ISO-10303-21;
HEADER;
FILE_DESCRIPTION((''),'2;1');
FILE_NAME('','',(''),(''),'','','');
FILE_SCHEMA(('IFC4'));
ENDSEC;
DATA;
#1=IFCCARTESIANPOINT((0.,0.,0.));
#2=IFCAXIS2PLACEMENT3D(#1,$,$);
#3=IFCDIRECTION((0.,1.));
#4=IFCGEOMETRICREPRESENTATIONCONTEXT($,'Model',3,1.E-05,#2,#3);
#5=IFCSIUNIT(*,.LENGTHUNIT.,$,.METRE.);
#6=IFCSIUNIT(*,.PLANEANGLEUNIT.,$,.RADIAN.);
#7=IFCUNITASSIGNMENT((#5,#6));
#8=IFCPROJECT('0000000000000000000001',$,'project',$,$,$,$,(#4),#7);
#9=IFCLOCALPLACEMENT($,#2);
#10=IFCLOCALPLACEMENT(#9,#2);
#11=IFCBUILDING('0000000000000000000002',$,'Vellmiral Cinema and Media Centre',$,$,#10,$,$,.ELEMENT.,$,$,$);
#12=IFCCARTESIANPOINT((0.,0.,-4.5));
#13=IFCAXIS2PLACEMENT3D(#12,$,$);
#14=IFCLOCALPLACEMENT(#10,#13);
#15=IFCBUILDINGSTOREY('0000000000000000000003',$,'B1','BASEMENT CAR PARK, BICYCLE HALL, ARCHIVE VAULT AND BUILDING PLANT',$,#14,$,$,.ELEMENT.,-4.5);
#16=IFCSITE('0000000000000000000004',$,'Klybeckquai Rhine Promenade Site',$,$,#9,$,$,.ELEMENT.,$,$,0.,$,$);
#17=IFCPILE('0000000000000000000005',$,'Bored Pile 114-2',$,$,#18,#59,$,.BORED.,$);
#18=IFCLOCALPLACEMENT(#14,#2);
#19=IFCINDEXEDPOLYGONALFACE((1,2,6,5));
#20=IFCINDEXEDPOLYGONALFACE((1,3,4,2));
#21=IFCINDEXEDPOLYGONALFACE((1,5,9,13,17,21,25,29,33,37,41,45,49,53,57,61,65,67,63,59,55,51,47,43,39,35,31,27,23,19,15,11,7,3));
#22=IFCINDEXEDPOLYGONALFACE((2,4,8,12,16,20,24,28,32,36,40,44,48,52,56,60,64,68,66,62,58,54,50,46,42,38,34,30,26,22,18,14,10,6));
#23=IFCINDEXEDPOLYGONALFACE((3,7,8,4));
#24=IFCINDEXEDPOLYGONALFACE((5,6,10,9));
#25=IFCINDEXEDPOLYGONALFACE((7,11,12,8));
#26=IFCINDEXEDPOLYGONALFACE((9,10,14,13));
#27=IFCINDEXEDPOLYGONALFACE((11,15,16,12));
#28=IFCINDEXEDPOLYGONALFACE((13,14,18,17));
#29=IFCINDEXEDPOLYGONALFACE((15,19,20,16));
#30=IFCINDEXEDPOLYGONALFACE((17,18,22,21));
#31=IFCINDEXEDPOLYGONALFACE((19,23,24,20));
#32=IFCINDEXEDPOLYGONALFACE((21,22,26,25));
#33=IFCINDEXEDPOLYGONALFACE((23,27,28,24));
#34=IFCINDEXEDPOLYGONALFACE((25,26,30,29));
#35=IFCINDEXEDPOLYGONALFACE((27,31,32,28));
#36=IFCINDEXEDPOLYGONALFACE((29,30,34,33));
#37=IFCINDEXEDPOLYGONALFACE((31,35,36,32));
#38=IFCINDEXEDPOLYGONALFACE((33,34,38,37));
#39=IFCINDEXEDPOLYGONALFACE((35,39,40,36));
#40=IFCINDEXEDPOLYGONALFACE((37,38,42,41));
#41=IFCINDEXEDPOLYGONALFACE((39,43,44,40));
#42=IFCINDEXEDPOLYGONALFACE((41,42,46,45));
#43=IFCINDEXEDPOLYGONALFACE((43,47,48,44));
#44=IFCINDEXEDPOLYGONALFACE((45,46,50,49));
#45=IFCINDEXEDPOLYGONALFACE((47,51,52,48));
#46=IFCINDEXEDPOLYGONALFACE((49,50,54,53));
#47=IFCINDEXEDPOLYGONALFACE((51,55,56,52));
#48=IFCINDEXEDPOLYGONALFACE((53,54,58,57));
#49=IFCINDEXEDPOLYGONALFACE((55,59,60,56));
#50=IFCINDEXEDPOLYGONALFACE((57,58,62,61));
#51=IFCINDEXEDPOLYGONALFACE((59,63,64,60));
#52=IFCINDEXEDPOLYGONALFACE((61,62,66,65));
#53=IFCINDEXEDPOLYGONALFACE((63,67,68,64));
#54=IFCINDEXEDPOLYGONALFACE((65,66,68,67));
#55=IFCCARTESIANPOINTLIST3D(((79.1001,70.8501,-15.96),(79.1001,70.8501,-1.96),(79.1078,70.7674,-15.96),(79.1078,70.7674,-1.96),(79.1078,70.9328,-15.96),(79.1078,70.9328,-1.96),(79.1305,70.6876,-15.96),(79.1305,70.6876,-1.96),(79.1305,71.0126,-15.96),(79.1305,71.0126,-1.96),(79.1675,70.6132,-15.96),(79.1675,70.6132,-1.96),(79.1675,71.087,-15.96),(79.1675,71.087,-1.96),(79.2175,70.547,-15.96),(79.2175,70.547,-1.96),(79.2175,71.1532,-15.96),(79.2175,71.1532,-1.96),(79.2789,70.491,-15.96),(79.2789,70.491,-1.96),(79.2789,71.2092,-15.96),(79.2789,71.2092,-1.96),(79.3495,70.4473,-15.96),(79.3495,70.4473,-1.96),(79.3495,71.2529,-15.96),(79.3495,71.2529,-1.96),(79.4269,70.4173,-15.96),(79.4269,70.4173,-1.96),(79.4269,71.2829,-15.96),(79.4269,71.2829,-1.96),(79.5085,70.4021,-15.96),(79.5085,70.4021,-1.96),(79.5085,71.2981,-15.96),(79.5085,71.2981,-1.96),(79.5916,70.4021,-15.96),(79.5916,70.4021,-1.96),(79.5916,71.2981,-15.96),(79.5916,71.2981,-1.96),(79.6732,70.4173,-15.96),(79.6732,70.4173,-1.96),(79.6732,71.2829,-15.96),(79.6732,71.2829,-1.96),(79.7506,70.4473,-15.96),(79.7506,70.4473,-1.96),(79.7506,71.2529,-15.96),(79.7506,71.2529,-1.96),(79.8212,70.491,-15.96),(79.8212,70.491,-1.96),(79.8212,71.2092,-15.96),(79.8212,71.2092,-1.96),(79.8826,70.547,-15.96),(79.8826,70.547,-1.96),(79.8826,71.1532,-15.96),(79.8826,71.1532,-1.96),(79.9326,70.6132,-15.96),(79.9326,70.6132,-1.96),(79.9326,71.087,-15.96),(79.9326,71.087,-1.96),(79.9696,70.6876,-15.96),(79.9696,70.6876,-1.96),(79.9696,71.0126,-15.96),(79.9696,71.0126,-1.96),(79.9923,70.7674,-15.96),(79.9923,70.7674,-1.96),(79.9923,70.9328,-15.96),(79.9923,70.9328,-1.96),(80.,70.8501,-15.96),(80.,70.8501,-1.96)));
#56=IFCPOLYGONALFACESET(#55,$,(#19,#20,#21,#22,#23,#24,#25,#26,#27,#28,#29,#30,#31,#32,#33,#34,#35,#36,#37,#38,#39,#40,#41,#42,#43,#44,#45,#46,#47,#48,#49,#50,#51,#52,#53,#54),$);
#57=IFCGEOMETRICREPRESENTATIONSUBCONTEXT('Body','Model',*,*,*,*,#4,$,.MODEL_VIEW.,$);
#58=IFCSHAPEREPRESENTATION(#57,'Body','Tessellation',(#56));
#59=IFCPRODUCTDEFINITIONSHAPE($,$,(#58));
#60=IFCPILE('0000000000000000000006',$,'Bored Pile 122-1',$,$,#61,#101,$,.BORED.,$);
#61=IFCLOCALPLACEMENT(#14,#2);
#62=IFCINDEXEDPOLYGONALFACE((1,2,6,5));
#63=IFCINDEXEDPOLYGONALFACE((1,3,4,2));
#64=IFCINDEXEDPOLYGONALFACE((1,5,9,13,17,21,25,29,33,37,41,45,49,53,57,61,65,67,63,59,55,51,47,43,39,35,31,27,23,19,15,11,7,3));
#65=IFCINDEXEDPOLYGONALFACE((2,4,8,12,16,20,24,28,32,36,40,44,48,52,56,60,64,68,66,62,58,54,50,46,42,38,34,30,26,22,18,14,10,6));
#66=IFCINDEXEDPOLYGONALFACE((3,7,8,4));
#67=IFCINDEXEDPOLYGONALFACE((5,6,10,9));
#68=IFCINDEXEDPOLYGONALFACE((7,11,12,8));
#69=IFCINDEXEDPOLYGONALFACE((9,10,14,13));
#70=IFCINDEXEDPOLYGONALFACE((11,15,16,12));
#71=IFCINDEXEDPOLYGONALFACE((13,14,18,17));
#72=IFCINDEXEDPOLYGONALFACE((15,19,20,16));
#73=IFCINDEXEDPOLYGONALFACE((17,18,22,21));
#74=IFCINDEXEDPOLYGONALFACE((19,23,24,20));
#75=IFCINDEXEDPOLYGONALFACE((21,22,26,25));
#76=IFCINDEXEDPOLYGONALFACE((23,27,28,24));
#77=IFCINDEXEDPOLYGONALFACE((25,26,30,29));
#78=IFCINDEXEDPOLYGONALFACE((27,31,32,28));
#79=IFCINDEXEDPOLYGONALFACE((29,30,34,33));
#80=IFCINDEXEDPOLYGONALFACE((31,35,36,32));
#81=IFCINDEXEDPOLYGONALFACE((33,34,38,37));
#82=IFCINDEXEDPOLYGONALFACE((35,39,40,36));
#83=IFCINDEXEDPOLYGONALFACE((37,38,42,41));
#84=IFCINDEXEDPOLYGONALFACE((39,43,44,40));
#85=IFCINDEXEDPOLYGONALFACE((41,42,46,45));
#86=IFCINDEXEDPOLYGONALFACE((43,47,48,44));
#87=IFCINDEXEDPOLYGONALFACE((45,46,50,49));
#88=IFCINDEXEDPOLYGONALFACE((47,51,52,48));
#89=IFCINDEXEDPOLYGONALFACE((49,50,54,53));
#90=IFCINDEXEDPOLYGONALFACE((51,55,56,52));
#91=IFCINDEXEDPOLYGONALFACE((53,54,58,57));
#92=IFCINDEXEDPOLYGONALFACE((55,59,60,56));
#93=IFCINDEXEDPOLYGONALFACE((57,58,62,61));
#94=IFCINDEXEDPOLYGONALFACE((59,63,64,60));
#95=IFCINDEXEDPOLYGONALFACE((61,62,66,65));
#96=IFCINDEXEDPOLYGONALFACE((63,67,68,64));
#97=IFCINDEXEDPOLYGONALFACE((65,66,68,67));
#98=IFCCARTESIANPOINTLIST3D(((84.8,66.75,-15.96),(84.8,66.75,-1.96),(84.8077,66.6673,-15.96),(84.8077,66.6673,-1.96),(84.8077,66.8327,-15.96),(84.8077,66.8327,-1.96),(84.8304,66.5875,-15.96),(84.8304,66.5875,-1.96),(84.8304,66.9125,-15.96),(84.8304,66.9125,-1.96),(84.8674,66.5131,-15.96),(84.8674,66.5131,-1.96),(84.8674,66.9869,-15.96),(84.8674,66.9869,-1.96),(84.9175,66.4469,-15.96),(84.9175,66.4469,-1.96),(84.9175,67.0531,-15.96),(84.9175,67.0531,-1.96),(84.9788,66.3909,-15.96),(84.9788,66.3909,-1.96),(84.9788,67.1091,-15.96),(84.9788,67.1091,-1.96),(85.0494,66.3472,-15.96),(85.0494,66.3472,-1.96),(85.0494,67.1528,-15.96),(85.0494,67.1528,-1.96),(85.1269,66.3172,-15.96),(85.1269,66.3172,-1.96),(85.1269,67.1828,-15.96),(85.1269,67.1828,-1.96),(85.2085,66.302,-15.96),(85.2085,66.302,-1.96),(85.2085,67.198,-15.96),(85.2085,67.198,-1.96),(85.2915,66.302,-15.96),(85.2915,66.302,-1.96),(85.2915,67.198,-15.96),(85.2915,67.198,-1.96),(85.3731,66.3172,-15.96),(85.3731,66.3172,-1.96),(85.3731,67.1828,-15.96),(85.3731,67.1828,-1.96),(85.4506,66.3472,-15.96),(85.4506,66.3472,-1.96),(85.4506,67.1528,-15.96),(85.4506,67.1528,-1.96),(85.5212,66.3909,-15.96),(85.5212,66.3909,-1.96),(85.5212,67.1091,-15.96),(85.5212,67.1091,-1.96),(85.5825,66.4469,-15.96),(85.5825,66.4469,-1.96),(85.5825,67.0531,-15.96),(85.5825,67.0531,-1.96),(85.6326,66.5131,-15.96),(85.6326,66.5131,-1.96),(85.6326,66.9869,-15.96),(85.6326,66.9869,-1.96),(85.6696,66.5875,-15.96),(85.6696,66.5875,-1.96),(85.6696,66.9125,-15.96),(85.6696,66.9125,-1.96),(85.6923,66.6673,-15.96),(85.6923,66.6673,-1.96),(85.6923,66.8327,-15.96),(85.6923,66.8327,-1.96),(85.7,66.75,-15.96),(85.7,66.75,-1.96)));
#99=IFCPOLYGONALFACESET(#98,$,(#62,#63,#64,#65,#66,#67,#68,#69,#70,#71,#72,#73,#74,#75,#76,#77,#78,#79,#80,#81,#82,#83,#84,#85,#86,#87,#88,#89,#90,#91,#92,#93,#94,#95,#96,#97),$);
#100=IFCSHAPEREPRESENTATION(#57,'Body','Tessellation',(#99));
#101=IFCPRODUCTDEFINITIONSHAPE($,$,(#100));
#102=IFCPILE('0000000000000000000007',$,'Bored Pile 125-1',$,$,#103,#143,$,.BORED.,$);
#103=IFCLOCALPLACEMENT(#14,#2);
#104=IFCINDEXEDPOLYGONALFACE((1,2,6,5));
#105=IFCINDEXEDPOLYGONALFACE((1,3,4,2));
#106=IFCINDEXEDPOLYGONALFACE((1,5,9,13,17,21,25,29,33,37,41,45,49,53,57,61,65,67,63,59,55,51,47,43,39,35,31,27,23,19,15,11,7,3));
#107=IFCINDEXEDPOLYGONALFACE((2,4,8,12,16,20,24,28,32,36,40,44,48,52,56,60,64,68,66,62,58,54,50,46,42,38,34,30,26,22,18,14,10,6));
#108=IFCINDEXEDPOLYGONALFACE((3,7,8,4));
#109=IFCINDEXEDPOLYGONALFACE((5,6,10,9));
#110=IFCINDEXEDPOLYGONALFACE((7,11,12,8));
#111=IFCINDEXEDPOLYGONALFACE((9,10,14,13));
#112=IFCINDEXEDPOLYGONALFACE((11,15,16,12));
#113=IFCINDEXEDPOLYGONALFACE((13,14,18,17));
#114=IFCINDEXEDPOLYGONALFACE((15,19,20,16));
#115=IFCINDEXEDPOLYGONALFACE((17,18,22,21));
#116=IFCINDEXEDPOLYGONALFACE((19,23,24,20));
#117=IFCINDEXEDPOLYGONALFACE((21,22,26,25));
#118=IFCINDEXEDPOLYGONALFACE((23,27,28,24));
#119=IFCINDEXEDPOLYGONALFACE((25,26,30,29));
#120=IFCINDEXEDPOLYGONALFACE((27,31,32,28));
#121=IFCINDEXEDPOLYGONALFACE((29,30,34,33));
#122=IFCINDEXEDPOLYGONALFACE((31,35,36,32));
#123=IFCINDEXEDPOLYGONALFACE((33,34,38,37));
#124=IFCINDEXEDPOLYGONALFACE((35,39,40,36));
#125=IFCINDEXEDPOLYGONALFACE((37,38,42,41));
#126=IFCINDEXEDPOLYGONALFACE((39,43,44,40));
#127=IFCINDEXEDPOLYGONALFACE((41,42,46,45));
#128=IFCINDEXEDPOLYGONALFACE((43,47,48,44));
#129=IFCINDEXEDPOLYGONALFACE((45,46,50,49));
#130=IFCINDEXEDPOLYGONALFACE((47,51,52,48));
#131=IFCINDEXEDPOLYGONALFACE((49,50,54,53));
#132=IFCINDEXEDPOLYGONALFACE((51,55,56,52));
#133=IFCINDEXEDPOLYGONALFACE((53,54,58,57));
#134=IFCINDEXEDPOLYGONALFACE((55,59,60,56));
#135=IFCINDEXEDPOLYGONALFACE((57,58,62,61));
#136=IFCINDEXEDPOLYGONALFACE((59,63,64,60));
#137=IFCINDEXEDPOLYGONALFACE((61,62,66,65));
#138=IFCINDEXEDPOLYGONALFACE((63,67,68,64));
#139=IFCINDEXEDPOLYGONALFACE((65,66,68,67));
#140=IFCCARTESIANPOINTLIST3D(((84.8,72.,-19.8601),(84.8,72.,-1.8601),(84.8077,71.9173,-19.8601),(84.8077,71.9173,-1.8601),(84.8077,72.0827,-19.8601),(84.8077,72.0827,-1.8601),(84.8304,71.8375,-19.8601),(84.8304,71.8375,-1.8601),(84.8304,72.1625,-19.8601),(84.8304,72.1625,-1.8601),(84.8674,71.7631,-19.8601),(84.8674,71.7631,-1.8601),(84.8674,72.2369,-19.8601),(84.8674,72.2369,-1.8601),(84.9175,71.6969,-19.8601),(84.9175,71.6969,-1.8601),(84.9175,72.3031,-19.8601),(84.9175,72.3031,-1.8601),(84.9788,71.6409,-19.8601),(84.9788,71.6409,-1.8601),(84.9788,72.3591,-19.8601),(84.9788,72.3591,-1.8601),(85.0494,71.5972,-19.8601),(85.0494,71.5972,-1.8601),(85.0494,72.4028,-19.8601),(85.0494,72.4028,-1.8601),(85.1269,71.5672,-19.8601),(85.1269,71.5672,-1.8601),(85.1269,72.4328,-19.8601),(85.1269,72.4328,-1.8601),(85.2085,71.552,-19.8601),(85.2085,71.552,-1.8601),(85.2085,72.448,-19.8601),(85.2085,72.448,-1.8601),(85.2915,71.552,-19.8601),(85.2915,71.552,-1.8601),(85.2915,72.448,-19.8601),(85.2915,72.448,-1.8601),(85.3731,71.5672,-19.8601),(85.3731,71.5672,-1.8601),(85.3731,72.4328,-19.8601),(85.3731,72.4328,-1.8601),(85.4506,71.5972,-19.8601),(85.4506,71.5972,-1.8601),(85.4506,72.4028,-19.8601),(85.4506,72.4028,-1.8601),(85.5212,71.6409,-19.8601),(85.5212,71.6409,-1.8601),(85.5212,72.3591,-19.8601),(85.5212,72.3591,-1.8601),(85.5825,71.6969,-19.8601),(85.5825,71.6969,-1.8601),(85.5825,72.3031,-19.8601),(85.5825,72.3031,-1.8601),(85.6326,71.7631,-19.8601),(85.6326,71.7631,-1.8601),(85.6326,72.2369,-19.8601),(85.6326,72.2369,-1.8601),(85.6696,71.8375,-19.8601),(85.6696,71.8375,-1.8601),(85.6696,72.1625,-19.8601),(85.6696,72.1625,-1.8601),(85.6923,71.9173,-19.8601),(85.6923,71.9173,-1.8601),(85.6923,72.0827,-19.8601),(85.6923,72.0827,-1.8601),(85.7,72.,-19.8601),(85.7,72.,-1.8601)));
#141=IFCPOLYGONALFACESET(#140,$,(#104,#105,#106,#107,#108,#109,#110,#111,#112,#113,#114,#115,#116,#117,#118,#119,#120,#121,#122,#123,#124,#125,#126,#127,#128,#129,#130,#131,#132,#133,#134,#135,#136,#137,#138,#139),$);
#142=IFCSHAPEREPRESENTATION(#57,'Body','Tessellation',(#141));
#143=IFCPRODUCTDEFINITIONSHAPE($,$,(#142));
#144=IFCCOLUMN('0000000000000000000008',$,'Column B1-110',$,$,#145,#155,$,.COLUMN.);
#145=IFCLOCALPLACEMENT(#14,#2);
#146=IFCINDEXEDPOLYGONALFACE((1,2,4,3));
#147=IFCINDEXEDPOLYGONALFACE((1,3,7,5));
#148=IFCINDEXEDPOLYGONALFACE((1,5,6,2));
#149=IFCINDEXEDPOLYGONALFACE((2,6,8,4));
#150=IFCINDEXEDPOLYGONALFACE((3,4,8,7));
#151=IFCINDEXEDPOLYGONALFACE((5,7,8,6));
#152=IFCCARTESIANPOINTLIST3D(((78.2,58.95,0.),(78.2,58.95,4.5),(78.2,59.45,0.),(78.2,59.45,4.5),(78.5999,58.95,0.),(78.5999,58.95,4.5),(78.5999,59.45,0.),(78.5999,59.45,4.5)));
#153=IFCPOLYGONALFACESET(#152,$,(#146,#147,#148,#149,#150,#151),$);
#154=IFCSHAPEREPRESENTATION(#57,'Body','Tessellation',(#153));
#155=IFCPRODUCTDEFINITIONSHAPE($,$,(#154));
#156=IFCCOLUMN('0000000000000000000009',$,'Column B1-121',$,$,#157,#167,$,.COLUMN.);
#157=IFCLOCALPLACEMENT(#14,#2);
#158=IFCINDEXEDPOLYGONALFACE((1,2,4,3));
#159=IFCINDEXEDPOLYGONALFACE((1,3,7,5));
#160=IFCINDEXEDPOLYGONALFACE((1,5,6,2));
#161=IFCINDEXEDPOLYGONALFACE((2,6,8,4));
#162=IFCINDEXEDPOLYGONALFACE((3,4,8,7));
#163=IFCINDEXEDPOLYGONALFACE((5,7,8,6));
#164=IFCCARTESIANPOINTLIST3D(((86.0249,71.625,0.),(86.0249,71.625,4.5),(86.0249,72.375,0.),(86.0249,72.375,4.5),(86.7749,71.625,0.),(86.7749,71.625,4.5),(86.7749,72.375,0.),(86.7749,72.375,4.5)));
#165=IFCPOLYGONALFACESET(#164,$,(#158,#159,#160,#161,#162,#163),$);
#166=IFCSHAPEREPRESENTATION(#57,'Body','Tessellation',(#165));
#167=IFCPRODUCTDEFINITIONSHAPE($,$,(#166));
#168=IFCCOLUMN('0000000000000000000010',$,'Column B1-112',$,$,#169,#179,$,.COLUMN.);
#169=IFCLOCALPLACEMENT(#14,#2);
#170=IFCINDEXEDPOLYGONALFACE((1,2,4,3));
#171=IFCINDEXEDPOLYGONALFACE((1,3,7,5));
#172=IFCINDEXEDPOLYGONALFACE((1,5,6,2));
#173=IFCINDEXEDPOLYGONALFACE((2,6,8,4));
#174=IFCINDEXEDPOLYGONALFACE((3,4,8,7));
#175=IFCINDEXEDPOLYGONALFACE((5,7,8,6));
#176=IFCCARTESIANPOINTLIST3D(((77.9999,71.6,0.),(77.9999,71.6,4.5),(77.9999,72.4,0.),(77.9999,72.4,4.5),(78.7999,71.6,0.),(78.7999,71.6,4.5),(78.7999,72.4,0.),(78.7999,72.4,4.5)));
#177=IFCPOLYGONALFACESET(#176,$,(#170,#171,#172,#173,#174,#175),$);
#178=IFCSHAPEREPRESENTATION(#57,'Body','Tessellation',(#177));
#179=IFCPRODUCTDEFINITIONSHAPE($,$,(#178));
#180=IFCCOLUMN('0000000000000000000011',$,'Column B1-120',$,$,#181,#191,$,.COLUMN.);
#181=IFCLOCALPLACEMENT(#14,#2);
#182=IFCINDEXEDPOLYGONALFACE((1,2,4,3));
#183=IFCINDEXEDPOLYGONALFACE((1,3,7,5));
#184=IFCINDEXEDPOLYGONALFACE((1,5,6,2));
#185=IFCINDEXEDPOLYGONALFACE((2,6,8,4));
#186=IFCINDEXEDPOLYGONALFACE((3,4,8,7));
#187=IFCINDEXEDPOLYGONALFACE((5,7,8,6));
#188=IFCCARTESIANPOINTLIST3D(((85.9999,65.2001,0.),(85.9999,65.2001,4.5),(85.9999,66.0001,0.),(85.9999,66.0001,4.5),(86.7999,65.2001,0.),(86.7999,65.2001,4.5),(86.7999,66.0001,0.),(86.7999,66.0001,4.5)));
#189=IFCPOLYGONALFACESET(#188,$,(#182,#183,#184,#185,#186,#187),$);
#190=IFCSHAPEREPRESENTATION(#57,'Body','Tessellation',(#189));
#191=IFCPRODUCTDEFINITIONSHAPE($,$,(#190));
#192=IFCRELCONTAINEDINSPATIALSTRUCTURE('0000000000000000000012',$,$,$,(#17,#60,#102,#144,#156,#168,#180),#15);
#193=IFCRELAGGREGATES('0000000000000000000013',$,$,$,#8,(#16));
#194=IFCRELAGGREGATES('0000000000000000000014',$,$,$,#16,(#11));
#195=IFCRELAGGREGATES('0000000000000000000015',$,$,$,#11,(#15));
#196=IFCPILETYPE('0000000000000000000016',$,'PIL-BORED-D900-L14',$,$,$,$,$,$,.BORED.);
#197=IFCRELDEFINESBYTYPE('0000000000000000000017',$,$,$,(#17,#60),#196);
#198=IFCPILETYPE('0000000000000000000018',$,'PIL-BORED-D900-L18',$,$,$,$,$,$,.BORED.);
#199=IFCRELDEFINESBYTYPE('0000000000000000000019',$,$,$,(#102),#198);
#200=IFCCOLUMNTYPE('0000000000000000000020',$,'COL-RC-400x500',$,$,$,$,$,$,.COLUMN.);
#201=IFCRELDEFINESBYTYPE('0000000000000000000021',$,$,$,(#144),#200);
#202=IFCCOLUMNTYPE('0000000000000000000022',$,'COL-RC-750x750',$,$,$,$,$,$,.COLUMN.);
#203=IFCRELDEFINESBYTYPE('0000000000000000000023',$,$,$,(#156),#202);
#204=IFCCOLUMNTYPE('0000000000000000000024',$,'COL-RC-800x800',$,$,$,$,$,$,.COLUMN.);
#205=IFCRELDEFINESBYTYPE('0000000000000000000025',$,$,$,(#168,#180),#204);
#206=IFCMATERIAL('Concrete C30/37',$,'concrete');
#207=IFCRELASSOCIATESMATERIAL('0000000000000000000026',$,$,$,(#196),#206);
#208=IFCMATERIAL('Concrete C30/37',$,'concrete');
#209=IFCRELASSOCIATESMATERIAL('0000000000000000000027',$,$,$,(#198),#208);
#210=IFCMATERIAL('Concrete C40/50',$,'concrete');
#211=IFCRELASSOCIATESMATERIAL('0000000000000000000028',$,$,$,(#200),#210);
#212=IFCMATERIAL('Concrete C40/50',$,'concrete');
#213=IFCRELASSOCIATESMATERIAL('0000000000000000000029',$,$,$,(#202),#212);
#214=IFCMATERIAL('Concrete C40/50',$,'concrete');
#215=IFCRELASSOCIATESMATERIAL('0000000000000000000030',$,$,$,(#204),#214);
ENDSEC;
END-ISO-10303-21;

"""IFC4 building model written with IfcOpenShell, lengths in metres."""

from ifc_helpers import new_model, si_unit, direction, frame, origin, origin_2d, place, context, subcontext, project, spatial, rectangle, circle, extrude, material, material_profile, profile_set, type_object, element, save


model = new_model("IFC4")

# Units and contexts
model_context = context("Model", 3, precision=1e-05, world=origin(), true_north=direction((0.0, 1.0)))
body_context = subcontext(model_context, "Body", "Model", "MODEL_VIEW")
ifc_project = project(units=[si_unit("LENGTHUNIT", "METRE"), si_unit("PLANEANGLEUNIT", "RADIAN")], contexts=[model_context])

# Site, building, storey
site_placement = place(None, origin())
site = spatial("IfcSite", under=ifc_project, at=site_placement, Name="Klybeckquai Rhine Promenade Site", CompositionType="ELEMENT", RefElevation=0.0)
building_placement = place(site_placement, origin())
building = spatial("IfcBuilding", under=site, at=building_placement, Name="Vellmiral Cinema and Media Centre", CompositionType="ELEMENT")
storey_placement = place(building_placement, frame((0.0, 0.0, -4.5)))
storey = spatial("IfcBuildingStorey", under=building, at=storey_placement, Name="B1", Description="BASEMENT CAR PARK, BICYCLE HALL, ARCHIVE VAULT AND BUILDING PLANT", CompositionType="ELEMENT", Elevation=-4.5)

# Piles
ifc_material_1 = material(Name="Concrete C30/37", Category="concrete")
ifc_material_profile_1 = material_profile(ifc_material_1, circle(Radius=0.45, at=origin_2d()), Name="PILE D900")
ifc_profile_set_1 = profile_set([ifc_material_profile_1], Name="Concrete C30/37")
pile_type_1 = type_object("IfcPileType", Name="PIL-BORED-D900-L14", PredefinedType="BORED", material=ifc_profile_set_1)
for number, where, z_axis, x_axis, name in (
    (1, (79.55, 70.8501, -1.96), (0.0, 0.0, -1.0), (1.0, 0.0, 0.0), "Bored Pile 114-2"),
    (2, (85.25, 66.75, -1.96), (0.0, 0.0, -1.0), (1.0, 0.0, 0.0), "Bored Pile 122-1"),
):
    element("IfcPile", number, at=place(storey_placement, frame(where, z_axis=z_axis, x_axis=x_axis)), inside=storey, type_object=pile_type_1, Name=name, PredefinedType="BORED", context=body_context, shape_type="SweptSolid", body=[
        extrude(circle(Radius=0.45, at=origin_2d()), origin(), (0.0, 0.0, 1.0), 14.0),
    ])
ifc_material_2 = material(Name="Concrete C30/37", Category="concrete")
ifc_material_profile_2 = material_profile(ifc_material_2, circle(Radius=0.45, at=origin_2d()), Name="PILE D900")
ifc_profile_set_2 = profile_set([ifc_material_profile_2], Name="Concrete C30/37")
pile_type_2 = type_object("IfcPileType", Name="PIL-BORED-D900-L18", PredefinedType="BORED", material=ifc_profile_set_2)
pile_1_placement = place(storey_placement, frame((85.25, 72.0, -1.8601), z_axis=(0.0, 0.0, -1.0), x_axis=(1.0, 0.0, 0.0)))
element("IfcPile", 3, at=pile_1_placement, inside=storey, type_object=pile_type_2, Name="Bored Pile 125-1", PredefinedType="BORED", context=body_context, shape_type="SweptSolid", body=[
    extrude(circle(Radius=0.45, at=origin_2d()), origin(), (0.0, 0.0, 1.0), 18.0),
])

# Columns
ifc_material_3 = material(Name="Concrete C40/50", Category="concrete")
ifc_material_profile_3 = material_profile(ifc_material_3, rectangle(XDim=0.3999, YDim=0.5, at=origin_2d()), Name="RC 400x500")
ifc_profile_set_3 = profile_set([ifc_material_profile_3], Name="Concrete C40/50")
column_type_1 = type_object("IfcColumnType", Name="COL-RC-400x500", PredefinedType="COLUMN", material=ifc_profile_set_3)
column_1_placement = place(storey_placement, frame((78.3999, 59.2, 0.0), z_axis=(0.0, 0.0, 1.0), x_axis=(1.0, 0.0, 0.0)))
element("IfcColumn", 4, at=column_1_placement, inside=storey, type_object=column_type_1, Name="Column B1-110", PredefinedType="COLUMN", context=body_context, shape_type="SweptSolid", body=[
    extrude(rectangle(XDim=0.3999, YDim=0.5, at=origin_2d()), origin(), (0.0, 0.0, 1.0), 4.5),
])
ifc_material_4 = material(Name="Concrete C40/50", Category="concrete")
ifc_material_profile_4 = material_profile(ifc_material_4, rectangle(XDim=0.75, YDim=0.75, at=origin_2d()), Name="RC 750x750")
ifc_profile_set_4 = profile_set([ifc_material_profile_4], Name="Concrete C40/50")
column_type_2 = type_object("IfcColumnType", Name="COL-RC-750x750", PredefinedType="COLUMN", material=ifc_profile_set_4)
column_2_placement = place(storey_placement, frame((86.3999, 72.0, 0.0), z_axis=(0.0, 0.0, 1.0), x_axis=(1.0, 0.0, 0.0)))
element("IfcColumn", 5, at=column_2_placement, inside=storey, type_object=column_type_2, Name="Column B1-121", PredefinedType="COLUMN", context=body_context, shape_type="SweptSolid", body=[
    extrude(rectangle(XDim=0.75, YDim=0.75, at=origin_2d()), origin(), (0.0, 0.0, 1.0), 4.5),
])
ifc_material_5 = material(Name="Concrete C40/50", Category="concrete")
ifc_material_profile_5 = material_profile(ifc_material_5, rectangle(XDim=0.8, YDim=0.8, at=origin_2d()), Name="RC 800x800")
ifc_profile_set_5 = profile_set([ifc_material_profile_5], Name="Concrete C40/50")
column_type_3 = type_object("IfcColumnType", Name="COL-RC-800x800", PredefinedType="COLUMN", material=ifc_profile_set_5)
for number, where, z_axis, x_axis, name in (
    (6, (78.3999, 72.0, 0.0), (0.0, 0.0, 1.0), (1.0, 0.0, 0.0), "Column B1-112"),
    (7, (86.3999, 65.6001, 0.0), (0.0, 0.0, 1.0), (1.0, 0.0, 0.0), "Column B1-120"),
):
    element("IfcColumn", number, at=place(storey_placement, frame(where, z_axis=z_axis, x_axis=x_axis)), inside=storey, type_object=column_type_3, Name=name, PredefinedType="COLUMN", context=body_context, shape_type="SweptSolid", body=[
        extrude(rectangle(XDim=0.8, YDim=0.8, at=origin_2d()), origin(), (0.0, 0.0, 1.0), 4.5),
    ])

save(model, "model.ifc")
